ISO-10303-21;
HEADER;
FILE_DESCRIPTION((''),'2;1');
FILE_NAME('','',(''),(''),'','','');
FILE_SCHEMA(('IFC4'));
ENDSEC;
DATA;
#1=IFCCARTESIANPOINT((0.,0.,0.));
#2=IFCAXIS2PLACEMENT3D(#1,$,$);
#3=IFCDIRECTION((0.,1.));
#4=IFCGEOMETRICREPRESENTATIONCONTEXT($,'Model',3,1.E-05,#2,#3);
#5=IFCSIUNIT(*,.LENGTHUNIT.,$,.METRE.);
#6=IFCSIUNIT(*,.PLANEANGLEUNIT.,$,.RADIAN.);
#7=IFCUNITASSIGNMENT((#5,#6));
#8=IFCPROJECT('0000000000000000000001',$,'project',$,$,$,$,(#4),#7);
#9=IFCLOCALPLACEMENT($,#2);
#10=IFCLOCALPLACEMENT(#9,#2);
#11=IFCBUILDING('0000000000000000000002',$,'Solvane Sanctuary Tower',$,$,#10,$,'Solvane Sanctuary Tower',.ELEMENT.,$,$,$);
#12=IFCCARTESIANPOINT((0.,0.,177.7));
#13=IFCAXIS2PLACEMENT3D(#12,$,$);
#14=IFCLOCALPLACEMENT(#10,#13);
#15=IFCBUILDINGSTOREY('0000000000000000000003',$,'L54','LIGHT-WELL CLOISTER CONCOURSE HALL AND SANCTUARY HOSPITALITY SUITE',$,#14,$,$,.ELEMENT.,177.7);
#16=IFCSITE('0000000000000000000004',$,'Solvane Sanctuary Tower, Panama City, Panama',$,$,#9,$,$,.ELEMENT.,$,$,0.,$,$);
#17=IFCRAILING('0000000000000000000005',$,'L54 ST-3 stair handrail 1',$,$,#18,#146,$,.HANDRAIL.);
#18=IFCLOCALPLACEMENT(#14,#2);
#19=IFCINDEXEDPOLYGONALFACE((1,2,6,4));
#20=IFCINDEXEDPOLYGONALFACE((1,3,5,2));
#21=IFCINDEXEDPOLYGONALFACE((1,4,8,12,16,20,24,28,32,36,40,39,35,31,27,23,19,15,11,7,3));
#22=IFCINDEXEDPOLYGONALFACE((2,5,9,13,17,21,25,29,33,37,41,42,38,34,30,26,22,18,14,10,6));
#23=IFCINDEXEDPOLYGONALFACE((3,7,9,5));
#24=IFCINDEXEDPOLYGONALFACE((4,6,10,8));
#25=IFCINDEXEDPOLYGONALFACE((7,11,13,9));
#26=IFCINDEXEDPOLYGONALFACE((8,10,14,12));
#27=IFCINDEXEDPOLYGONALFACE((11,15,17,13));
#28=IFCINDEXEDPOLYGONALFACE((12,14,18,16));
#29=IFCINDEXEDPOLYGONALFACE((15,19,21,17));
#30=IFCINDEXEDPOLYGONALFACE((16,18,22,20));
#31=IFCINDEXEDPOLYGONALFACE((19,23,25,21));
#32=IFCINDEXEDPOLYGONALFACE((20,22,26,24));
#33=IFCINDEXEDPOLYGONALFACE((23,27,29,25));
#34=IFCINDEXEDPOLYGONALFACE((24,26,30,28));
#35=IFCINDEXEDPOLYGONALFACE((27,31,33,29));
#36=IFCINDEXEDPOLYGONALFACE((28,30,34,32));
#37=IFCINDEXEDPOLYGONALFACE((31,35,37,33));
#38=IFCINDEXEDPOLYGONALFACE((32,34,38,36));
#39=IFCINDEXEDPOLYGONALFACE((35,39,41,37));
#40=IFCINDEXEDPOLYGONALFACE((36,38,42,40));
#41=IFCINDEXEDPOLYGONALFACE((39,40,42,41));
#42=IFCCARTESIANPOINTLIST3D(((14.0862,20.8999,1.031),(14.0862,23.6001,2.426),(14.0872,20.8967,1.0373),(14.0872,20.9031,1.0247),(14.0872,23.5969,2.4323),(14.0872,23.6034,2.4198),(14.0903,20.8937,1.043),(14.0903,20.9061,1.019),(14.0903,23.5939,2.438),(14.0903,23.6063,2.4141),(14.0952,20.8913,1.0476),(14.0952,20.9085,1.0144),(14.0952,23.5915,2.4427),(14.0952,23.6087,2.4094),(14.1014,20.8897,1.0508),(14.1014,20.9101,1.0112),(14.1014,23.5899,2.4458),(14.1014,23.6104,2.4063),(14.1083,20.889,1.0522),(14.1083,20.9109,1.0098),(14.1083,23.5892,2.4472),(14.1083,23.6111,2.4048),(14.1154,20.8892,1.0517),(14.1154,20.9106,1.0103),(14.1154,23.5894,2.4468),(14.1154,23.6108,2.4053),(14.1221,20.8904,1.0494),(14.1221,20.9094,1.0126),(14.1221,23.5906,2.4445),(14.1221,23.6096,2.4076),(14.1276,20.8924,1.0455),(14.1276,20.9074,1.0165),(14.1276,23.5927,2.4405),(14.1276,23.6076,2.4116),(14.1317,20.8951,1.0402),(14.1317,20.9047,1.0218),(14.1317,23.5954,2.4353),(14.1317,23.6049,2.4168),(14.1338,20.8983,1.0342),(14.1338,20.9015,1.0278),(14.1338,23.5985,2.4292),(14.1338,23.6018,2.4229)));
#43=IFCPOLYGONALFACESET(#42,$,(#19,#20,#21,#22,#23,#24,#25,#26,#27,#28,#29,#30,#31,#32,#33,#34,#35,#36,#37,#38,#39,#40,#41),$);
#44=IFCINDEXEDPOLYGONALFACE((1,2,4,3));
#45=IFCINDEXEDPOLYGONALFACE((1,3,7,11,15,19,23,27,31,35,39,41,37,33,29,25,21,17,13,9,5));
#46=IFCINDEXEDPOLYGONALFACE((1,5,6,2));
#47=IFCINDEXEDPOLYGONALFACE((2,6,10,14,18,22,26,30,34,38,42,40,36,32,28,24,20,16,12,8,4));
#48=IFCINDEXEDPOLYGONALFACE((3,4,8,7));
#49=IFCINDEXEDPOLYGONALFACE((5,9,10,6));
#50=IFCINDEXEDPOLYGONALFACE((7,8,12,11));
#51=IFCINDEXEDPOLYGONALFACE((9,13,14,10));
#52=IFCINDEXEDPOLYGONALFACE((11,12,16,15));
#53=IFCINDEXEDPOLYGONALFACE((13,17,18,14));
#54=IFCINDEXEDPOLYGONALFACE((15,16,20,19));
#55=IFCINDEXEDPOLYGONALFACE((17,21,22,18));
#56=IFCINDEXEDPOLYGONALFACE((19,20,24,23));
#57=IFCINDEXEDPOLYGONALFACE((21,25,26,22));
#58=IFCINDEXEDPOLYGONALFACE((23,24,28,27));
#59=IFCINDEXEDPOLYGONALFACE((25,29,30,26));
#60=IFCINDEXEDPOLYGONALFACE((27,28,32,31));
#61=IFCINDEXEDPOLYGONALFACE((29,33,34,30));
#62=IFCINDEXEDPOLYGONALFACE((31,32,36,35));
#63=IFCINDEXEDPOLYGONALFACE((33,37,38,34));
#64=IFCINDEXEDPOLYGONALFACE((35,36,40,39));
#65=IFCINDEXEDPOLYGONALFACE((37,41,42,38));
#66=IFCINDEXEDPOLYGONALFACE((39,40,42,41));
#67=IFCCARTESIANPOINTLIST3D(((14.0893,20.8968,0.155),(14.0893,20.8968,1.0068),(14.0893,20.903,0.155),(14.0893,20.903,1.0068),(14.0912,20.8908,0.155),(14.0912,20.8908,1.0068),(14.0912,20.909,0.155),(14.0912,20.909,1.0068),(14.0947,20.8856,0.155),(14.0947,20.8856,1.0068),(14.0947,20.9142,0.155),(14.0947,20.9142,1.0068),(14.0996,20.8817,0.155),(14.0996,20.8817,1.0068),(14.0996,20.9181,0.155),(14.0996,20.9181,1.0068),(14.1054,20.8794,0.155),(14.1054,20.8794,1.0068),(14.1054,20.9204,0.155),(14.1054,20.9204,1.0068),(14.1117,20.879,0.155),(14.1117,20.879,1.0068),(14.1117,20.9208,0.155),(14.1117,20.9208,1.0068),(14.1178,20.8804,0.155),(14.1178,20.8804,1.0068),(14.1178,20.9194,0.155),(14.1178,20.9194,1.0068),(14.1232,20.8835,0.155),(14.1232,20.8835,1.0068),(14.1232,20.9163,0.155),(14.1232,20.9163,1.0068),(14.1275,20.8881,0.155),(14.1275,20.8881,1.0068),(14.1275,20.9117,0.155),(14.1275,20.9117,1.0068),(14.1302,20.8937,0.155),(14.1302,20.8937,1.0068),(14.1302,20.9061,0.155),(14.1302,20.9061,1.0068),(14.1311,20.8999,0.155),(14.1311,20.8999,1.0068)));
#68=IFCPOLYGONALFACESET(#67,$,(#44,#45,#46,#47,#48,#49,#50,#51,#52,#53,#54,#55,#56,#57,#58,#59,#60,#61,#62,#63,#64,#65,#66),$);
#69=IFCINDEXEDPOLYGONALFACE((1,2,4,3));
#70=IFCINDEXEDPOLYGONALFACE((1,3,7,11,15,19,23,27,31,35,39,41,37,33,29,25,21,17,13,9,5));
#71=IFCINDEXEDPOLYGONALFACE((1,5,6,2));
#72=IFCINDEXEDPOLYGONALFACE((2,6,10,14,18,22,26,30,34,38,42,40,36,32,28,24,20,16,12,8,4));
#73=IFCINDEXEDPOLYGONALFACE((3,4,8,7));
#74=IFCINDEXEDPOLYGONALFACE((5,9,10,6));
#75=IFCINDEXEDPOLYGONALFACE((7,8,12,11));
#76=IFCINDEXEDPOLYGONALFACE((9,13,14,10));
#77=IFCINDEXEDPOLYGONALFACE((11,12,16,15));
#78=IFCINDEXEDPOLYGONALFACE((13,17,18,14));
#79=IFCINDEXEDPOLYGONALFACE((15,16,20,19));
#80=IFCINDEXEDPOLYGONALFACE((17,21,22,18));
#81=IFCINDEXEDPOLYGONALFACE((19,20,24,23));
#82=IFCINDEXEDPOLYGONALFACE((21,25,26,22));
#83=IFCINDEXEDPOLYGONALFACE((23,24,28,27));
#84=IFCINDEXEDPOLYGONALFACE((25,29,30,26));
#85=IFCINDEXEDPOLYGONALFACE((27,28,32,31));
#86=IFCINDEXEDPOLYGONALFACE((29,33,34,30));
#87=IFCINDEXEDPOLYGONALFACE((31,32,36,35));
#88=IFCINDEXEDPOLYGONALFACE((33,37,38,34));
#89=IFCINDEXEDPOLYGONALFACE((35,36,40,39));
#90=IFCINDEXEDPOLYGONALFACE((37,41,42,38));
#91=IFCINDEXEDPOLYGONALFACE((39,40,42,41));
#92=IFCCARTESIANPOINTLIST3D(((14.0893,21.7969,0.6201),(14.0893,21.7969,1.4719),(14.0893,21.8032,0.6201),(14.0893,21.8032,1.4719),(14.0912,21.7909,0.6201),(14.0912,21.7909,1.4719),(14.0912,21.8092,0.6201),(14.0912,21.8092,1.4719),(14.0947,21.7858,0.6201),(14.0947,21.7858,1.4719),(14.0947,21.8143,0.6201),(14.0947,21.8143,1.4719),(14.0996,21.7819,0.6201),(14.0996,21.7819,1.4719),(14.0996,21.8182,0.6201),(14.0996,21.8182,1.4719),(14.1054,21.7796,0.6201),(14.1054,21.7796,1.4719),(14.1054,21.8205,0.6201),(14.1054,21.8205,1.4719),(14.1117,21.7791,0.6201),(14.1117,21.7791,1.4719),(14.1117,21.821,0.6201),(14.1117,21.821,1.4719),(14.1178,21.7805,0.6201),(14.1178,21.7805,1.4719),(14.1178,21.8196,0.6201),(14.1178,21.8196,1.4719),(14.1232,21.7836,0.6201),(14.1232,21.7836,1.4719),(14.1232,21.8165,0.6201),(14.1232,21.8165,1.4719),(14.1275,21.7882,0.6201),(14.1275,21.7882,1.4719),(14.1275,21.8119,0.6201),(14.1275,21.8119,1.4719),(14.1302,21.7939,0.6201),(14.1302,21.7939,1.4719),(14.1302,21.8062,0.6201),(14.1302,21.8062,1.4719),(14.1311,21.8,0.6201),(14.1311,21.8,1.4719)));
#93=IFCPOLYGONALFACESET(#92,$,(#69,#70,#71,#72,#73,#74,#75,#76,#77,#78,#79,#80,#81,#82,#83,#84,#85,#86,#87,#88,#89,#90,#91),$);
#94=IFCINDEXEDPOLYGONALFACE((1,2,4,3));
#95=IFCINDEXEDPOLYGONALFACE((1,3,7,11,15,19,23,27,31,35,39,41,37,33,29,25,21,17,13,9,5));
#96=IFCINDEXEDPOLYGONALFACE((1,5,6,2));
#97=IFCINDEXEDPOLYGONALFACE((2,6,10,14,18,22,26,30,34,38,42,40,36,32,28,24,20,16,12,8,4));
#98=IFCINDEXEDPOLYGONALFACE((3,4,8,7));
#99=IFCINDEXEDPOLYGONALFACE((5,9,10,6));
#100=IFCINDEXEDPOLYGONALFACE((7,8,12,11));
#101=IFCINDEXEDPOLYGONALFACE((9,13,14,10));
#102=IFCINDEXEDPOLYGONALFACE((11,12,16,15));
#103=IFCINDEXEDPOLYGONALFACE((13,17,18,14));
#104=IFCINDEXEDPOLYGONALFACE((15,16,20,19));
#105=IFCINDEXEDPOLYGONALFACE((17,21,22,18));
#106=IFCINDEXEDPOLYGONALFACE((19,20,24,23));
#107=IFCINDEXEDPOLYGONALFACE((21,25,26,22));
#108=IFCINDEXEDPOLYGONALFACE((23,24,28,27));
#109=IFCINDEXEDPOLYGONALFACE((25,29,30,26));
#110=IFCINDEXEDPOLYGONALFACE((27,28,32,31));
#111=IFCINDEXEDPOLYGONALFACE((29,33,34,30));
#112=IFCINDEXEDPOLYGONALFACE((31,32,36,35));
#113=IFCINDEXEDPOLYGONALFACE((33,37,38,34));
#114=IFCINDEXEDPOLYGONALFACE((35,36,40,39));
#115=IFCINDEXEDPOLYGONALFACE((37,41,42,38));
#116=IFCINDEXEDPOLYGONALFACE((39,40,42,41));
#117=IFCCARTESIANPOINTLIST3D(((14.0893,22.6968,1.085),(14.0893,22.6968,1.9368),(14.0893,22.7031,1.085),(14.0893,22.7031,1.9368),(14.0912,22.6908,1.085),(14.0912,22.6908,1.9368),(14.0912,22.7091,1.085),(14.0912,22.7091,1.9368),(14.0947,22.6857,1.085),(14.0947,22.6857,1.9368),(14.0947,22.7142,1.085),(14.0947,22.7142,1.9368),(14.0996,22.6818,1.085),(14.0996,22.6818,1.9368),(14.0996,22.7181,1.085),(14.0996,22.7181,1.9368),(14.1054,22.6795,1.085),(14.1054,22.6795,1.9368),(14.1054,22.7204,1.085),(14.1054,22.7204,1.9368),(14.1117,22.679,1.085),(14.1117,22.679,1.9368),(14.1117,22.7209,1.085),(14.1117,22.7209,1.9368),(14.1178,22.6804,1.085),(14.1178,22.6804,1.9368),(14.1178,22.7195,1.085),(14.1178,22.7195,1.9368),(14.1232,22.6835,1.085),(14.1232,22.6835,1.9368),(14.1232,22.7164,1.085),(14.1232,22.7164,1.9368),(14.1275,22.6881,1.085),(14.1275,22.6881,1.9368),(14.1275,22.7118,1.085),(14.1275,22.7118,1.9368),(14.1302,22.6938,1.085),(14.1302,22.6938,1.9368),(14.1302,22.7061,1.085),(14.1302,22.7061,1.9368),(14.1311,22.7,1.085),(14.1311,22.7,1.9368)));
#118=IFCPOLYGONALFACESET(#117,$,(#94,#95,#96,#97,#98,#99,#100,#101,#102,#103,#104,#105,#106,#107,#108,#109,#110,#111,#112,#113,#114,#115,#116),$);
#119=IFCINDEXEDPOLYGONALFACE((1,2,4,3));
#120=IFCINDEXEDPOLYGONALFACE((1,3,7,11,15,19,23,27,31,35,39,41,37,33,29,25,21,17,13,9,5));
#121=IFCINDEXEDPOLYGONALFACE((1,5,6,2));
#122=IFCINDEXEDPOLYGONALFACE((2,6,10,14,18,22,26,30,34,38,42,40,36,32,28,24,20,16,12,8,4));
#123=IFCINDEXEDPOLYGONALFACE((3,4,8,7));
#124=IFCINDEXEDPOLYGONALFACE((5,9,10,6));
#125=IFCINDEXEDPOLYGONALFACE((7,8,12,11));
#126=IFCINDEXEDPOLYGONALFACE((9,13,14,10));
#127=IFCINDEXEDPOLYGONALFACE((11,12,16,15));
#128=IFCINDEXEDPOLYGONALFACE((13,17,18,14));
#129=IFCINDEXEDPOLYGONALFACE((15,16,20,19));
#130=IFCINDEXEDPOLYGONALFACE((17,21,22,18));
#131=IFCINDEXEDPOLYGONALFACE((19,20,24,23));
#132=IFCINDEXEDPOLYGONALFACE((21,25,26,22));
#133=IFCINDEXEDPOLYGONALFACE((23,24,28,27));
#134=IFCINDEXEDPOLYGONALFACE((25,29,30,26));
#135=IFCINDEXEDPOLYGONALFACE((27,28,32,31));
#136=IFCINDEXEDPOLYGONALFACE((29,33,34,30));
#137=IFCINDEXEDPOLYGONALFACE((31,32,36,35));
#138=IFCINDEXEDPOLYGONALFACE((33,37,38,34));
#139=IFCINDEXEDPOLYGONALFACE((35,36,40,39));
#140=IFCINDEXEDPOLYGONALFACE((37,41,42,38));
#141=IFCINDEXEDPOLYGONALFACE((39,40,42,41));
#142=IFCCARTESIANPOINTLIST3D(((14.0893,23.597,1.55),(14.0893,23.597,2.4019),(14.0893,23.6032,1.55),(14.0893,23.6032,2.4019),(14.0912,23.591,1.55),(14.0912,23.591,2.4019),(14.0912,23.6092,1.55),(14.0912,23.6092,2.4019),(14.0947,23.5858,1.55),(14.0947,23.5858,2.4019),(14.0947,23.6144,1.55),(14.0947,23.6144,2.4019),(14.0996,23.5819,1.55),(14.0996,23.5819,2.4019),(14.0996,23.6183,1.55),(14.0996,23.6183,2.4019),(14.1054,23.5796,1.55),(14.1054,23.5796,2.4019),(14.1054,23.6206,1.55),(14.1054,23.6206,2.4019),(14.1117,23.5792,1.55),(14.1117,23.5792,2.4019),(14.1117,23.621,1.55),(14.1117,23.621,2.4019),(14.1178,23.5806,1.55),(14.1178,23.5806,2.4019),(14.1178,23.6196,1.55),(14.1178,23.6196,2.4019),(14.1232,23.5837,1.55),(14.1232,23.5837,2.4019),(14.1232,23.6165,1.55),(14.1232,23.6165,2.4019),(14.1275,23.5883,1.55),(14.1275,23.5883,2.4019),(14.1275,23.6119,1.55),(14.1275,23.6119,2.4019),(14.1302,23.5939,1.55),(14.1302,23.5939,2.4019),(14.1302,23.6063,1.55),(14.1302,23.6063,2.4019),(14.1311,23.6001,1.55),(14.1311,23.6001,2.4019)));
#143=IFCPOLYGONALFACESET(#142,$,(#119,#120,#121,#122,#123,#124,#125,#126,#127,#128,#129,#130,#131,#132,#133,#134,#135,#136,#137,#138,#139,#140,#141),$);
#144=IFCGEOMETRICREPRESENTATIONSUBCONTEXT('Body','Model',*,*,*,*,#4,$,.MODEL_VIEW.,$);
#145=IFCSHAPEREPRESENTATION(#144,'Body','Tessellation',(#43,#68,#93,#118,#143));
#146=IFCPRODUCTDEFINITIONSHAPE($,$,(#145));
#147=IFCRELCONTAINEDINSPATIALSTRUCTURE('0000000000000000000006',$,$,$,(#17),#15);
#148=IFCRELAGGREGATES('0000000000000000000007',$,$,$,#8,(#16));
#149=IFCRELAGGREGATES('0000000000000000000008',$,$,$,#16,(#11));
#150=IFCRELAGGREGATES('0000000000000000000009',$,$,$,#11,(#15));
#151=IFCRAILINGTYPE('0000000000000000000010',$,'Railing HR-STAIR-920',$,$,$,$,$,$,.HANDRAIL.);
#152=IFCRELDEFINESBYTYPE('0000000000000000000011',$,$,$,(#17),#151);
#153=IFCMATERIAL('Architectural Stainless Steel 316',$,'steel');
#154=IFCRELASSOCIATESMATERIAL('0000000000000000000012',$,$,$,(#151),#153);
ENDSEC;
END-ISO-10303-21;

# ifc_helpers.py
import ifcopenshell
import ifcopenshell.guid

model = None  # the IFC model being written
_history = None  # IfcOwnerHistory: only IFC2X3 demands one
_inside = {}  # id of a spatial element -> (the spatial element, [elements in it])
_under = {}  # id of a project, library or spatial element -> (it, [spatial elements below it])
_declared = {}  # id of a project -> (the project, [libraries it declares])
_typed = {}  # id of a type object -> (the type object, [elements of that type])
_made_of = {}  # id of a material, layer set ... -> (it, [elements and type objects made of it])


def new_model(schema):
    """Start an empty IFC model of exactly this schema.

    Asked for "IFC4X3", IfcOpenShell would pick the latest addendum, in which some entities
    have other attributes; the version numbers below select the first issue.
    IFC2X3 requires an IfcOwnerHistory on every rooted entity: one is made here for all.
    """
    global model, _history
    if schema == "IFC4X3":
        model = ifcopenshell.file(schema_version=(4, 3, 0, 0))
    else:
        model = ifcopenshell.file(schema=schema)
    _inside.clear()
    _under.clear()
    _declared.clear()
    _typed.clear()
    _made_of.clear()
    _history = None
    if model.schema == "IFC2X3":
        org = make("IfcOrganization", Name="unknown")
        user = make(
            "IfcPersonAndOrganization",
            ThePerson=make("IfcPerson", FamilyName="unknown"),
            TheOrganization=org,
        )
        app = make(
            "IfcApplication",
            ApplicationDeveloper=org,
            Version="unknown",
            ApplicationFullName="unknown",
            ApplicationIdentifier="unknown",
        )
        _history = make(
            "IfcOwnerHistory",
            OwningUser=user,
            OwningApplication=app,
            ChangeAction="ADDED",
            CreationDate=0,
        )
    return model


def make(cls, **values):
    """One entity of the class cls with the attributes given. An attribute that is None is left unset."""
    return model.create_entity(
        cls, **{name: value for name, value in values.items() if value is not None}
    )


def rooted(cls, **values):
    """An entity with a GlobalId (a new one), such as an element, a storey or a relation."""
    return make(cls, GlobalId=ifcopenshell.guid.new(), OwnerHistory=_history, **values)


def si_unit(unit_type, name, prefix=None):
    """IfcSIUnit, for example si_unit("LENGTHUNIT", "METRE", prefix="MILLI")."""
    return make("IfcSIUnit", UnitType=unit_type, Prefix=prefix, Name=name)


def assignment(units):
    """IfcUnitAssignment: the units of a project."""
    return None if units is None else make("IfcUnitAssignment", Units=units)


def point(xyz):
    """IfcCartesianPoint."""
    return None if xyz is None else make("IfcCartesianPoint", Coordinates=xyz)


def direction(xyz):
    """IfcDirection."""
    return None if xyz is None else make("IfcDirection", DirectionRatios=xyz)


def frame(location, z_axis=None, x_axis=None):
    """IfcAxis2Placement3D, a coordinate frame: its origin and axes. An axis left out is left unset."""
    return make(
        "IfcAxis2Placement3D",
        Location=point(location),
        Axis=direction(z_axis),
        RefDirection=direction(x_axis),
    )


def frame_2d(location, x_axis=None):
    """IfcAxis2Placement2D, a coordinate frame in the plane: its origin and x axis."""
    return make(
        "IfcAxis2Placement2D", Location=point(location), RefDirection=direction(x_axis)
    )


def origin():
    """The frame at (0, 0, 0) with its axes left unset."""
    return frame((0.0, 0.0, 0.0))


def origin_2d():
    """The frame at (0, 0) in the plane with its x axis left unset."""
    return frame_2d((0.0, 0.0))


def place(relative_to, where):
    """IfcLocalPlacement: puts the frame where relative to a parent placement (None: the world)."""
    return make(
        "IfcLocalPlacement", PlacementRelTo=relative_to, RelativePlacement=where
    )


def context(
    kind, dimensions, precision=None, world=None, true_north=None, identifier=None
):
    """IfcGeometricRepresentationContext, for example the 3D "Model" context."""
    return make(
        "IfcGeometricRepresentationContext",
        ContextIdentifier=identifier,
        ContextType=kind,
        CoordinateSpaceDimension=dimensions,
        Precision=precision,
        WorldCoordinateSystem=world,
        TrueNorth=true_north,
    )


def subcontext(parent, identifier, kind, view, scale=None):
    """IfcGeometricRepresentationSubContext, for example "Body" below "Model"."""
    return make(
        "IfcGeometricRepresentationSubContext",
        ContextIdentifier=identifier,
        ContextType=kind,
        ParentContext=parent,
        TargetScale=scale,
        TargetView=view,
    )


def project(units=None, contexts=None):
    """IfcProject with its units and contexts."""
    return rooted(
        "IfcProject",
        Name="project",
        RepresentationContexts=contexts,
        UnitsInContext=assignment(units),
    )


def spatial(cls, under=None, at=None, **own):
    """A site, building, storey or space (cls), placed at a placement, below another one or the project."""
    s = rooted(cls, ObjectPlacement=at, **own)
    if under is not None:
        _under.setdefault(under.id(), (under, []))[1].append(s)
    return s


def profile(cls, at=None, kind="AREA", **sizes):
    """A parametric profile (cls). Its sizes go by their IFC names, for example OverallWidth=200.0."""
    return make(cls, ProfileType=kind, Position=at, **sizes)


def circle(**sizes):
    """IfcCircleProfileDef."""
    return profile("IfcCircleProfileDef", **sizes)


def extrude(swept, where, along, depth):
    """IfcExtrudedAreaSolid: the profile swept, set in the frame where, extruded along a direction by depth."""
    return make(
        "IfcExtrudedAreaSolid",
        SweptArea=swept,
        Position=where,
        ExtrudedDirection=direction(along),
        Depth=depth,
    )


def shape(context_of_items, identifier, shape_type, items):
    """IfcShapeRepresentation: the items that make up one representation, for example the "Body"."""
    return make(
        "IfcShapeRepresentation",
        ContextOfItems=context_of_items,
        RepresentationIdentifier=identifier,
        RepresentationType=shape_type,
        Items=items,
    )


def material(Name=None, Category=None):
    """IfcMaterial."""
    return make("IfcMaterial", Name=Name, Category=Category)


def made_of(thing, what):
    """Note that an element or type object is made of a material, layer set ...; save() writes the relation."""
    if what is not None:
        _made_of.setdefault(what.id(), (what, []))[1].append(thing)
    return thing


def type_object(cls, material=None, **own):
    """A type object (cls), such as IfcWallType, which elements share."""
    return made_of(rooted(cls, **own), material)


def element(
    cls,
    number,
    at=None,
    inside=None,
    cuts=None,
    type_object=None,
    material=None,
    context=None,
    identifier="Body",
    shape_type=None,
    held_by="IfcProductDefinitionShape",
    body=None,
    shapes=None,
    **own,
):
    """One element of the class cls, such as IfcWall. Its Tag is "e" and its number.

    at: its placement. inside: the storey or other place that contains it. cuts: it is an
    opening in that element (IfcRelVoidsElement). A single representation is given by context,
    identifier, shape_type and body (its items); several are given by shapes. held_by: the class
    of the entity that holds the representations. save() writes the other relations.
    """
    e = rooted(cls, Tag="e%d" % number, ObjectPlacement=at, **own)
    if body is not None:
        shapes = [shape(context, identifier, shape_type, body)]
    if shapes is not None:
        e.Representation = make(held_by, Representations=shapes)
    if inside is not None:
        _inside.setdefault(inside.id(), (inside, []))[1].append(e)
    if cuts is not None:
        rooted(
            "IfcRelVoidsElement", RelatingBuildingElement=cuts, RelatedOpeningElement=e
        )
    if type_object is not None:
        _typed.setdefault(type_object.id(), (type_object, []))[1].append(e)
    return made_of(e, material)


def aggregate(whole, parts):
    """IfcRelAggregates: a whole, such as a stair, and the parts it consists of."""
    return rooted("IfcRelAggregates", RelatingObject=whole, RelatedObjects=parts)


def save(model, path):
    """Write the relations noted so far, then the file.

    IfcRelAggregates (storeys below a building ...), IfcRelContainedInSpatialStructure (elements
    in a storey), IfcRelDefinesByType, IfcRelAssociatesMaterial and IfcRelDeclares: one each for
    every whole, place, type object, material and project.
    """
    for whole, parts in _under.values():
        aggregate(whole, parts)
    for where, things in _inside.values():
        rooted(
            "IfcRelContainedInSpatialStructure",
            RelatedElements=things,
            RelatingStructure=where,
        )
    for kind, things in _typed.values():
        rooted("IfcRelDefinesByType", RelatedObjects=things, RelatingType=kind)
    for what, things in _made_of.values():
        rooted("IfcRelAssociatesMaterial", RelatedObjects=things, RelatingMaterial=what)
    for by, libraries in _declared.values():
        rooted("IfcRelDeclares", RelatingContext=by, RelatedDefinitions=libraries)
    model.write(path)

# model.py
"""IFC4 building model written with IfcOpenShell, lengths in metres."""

from ifc_helpers import new_model, si_unit, direction, frame, origin, origin_2d, place, context, subcontext, project, spatial, circle, extrude, material, type_object, element, save


model = new_model("IFC4")

# Units and contexts
model_context = context("Model", 3, precision=1e-05, world=origin(), true_north=direction((0.0, 1.0)))
body_context = subcontext(model_context, "Body", "Model", "MODEL_VIEW")
ifc_project = project(units=[si_unit("LENGTHUNIT", "METRE"), si_unit("PLANEANGLEUNIT", "RADIAN")], contexts=[model_context])

# Site, building, storey
site_placement = place(None, origin())
site = spatial("IfcSite", under=ifc_project, at=site_placement, Name="Solvane Sanctuary Tower, Panama City, Panama", CompositionType="ELEMENT", RefElevation=0.0)
building_placement = place(site_placement, origin())
building = spatial("IfcBuilding", under=site, at=building_placement, Name="Solvane Sanctuary Tower", LongName="Solvane Sanctuary Tower", CompositionType="ELEMENT")
storey_placement = place(building_placement, frame((0.0, 0.0, 177.7)))
storey = spatial("IfcBuildingStorey", under=building, at=storey_placement, Name="L54", Description="LIGHT-WELL CLOISTER CONCOURSE HALL AND SANCTUARY HOSPITALITY SUITE", CompositionType="ELEMENT", Elevation=177.7)

# Shared definitions
ifc_material_1 = material(Name="Architectural Stainless Steel 316", Category="steel")

# Railing
railing_type_1 = type_object("IfcRailingType", Name="Railing HR-STAIR-920", PredefinedType="HANDRAIL", material=ifc_material_1)
railing_1_placement = place(storey_placement, frame((14.1101, 20.8999, 0.155)))
element("IfcRailing", 1, at=railing_1_placement, inside=storey, type_object=railing_type_1, Name="L54 ST-3 stair handrail 1", PredefinedType="HANDRAIL", context=body_context, shape_type="SweptSolid", body=[
    extrude(circle(Radius=0.0239, at=origin_2d()), frame((0.0, 0.0, 0.876), z_axis=(0.0, 0.888437, 0.458999), x_axis=(-1.0, 0.0, 0.0)), (0.0, 0.0, 1.0), 3.0393),
    extrude(circle(Radius=0.021, at=origin_2d()), origin(), (0.0, 0.0, 1.0), 0.8518),
    extrude(circle(Radius=0.021, at=origin_2d()), frame((0.0, 0.9001, 0.4651)), (0.0, 0.0, 1.0), 0.8518),
    extrude(circle(Radius=0.021, at=origin_2d()), frame((0.0, 1.8, 0.9299)), (0.0, 0.0, 1.0), 0.8518),
    extrude(circle(Radius=0.021, at=origin_2d()), frame((0.0, 2.7002, 1.395)), (0.0, 0.0, 1.0), 0.8518),
])

save(model, "model.ifc")
